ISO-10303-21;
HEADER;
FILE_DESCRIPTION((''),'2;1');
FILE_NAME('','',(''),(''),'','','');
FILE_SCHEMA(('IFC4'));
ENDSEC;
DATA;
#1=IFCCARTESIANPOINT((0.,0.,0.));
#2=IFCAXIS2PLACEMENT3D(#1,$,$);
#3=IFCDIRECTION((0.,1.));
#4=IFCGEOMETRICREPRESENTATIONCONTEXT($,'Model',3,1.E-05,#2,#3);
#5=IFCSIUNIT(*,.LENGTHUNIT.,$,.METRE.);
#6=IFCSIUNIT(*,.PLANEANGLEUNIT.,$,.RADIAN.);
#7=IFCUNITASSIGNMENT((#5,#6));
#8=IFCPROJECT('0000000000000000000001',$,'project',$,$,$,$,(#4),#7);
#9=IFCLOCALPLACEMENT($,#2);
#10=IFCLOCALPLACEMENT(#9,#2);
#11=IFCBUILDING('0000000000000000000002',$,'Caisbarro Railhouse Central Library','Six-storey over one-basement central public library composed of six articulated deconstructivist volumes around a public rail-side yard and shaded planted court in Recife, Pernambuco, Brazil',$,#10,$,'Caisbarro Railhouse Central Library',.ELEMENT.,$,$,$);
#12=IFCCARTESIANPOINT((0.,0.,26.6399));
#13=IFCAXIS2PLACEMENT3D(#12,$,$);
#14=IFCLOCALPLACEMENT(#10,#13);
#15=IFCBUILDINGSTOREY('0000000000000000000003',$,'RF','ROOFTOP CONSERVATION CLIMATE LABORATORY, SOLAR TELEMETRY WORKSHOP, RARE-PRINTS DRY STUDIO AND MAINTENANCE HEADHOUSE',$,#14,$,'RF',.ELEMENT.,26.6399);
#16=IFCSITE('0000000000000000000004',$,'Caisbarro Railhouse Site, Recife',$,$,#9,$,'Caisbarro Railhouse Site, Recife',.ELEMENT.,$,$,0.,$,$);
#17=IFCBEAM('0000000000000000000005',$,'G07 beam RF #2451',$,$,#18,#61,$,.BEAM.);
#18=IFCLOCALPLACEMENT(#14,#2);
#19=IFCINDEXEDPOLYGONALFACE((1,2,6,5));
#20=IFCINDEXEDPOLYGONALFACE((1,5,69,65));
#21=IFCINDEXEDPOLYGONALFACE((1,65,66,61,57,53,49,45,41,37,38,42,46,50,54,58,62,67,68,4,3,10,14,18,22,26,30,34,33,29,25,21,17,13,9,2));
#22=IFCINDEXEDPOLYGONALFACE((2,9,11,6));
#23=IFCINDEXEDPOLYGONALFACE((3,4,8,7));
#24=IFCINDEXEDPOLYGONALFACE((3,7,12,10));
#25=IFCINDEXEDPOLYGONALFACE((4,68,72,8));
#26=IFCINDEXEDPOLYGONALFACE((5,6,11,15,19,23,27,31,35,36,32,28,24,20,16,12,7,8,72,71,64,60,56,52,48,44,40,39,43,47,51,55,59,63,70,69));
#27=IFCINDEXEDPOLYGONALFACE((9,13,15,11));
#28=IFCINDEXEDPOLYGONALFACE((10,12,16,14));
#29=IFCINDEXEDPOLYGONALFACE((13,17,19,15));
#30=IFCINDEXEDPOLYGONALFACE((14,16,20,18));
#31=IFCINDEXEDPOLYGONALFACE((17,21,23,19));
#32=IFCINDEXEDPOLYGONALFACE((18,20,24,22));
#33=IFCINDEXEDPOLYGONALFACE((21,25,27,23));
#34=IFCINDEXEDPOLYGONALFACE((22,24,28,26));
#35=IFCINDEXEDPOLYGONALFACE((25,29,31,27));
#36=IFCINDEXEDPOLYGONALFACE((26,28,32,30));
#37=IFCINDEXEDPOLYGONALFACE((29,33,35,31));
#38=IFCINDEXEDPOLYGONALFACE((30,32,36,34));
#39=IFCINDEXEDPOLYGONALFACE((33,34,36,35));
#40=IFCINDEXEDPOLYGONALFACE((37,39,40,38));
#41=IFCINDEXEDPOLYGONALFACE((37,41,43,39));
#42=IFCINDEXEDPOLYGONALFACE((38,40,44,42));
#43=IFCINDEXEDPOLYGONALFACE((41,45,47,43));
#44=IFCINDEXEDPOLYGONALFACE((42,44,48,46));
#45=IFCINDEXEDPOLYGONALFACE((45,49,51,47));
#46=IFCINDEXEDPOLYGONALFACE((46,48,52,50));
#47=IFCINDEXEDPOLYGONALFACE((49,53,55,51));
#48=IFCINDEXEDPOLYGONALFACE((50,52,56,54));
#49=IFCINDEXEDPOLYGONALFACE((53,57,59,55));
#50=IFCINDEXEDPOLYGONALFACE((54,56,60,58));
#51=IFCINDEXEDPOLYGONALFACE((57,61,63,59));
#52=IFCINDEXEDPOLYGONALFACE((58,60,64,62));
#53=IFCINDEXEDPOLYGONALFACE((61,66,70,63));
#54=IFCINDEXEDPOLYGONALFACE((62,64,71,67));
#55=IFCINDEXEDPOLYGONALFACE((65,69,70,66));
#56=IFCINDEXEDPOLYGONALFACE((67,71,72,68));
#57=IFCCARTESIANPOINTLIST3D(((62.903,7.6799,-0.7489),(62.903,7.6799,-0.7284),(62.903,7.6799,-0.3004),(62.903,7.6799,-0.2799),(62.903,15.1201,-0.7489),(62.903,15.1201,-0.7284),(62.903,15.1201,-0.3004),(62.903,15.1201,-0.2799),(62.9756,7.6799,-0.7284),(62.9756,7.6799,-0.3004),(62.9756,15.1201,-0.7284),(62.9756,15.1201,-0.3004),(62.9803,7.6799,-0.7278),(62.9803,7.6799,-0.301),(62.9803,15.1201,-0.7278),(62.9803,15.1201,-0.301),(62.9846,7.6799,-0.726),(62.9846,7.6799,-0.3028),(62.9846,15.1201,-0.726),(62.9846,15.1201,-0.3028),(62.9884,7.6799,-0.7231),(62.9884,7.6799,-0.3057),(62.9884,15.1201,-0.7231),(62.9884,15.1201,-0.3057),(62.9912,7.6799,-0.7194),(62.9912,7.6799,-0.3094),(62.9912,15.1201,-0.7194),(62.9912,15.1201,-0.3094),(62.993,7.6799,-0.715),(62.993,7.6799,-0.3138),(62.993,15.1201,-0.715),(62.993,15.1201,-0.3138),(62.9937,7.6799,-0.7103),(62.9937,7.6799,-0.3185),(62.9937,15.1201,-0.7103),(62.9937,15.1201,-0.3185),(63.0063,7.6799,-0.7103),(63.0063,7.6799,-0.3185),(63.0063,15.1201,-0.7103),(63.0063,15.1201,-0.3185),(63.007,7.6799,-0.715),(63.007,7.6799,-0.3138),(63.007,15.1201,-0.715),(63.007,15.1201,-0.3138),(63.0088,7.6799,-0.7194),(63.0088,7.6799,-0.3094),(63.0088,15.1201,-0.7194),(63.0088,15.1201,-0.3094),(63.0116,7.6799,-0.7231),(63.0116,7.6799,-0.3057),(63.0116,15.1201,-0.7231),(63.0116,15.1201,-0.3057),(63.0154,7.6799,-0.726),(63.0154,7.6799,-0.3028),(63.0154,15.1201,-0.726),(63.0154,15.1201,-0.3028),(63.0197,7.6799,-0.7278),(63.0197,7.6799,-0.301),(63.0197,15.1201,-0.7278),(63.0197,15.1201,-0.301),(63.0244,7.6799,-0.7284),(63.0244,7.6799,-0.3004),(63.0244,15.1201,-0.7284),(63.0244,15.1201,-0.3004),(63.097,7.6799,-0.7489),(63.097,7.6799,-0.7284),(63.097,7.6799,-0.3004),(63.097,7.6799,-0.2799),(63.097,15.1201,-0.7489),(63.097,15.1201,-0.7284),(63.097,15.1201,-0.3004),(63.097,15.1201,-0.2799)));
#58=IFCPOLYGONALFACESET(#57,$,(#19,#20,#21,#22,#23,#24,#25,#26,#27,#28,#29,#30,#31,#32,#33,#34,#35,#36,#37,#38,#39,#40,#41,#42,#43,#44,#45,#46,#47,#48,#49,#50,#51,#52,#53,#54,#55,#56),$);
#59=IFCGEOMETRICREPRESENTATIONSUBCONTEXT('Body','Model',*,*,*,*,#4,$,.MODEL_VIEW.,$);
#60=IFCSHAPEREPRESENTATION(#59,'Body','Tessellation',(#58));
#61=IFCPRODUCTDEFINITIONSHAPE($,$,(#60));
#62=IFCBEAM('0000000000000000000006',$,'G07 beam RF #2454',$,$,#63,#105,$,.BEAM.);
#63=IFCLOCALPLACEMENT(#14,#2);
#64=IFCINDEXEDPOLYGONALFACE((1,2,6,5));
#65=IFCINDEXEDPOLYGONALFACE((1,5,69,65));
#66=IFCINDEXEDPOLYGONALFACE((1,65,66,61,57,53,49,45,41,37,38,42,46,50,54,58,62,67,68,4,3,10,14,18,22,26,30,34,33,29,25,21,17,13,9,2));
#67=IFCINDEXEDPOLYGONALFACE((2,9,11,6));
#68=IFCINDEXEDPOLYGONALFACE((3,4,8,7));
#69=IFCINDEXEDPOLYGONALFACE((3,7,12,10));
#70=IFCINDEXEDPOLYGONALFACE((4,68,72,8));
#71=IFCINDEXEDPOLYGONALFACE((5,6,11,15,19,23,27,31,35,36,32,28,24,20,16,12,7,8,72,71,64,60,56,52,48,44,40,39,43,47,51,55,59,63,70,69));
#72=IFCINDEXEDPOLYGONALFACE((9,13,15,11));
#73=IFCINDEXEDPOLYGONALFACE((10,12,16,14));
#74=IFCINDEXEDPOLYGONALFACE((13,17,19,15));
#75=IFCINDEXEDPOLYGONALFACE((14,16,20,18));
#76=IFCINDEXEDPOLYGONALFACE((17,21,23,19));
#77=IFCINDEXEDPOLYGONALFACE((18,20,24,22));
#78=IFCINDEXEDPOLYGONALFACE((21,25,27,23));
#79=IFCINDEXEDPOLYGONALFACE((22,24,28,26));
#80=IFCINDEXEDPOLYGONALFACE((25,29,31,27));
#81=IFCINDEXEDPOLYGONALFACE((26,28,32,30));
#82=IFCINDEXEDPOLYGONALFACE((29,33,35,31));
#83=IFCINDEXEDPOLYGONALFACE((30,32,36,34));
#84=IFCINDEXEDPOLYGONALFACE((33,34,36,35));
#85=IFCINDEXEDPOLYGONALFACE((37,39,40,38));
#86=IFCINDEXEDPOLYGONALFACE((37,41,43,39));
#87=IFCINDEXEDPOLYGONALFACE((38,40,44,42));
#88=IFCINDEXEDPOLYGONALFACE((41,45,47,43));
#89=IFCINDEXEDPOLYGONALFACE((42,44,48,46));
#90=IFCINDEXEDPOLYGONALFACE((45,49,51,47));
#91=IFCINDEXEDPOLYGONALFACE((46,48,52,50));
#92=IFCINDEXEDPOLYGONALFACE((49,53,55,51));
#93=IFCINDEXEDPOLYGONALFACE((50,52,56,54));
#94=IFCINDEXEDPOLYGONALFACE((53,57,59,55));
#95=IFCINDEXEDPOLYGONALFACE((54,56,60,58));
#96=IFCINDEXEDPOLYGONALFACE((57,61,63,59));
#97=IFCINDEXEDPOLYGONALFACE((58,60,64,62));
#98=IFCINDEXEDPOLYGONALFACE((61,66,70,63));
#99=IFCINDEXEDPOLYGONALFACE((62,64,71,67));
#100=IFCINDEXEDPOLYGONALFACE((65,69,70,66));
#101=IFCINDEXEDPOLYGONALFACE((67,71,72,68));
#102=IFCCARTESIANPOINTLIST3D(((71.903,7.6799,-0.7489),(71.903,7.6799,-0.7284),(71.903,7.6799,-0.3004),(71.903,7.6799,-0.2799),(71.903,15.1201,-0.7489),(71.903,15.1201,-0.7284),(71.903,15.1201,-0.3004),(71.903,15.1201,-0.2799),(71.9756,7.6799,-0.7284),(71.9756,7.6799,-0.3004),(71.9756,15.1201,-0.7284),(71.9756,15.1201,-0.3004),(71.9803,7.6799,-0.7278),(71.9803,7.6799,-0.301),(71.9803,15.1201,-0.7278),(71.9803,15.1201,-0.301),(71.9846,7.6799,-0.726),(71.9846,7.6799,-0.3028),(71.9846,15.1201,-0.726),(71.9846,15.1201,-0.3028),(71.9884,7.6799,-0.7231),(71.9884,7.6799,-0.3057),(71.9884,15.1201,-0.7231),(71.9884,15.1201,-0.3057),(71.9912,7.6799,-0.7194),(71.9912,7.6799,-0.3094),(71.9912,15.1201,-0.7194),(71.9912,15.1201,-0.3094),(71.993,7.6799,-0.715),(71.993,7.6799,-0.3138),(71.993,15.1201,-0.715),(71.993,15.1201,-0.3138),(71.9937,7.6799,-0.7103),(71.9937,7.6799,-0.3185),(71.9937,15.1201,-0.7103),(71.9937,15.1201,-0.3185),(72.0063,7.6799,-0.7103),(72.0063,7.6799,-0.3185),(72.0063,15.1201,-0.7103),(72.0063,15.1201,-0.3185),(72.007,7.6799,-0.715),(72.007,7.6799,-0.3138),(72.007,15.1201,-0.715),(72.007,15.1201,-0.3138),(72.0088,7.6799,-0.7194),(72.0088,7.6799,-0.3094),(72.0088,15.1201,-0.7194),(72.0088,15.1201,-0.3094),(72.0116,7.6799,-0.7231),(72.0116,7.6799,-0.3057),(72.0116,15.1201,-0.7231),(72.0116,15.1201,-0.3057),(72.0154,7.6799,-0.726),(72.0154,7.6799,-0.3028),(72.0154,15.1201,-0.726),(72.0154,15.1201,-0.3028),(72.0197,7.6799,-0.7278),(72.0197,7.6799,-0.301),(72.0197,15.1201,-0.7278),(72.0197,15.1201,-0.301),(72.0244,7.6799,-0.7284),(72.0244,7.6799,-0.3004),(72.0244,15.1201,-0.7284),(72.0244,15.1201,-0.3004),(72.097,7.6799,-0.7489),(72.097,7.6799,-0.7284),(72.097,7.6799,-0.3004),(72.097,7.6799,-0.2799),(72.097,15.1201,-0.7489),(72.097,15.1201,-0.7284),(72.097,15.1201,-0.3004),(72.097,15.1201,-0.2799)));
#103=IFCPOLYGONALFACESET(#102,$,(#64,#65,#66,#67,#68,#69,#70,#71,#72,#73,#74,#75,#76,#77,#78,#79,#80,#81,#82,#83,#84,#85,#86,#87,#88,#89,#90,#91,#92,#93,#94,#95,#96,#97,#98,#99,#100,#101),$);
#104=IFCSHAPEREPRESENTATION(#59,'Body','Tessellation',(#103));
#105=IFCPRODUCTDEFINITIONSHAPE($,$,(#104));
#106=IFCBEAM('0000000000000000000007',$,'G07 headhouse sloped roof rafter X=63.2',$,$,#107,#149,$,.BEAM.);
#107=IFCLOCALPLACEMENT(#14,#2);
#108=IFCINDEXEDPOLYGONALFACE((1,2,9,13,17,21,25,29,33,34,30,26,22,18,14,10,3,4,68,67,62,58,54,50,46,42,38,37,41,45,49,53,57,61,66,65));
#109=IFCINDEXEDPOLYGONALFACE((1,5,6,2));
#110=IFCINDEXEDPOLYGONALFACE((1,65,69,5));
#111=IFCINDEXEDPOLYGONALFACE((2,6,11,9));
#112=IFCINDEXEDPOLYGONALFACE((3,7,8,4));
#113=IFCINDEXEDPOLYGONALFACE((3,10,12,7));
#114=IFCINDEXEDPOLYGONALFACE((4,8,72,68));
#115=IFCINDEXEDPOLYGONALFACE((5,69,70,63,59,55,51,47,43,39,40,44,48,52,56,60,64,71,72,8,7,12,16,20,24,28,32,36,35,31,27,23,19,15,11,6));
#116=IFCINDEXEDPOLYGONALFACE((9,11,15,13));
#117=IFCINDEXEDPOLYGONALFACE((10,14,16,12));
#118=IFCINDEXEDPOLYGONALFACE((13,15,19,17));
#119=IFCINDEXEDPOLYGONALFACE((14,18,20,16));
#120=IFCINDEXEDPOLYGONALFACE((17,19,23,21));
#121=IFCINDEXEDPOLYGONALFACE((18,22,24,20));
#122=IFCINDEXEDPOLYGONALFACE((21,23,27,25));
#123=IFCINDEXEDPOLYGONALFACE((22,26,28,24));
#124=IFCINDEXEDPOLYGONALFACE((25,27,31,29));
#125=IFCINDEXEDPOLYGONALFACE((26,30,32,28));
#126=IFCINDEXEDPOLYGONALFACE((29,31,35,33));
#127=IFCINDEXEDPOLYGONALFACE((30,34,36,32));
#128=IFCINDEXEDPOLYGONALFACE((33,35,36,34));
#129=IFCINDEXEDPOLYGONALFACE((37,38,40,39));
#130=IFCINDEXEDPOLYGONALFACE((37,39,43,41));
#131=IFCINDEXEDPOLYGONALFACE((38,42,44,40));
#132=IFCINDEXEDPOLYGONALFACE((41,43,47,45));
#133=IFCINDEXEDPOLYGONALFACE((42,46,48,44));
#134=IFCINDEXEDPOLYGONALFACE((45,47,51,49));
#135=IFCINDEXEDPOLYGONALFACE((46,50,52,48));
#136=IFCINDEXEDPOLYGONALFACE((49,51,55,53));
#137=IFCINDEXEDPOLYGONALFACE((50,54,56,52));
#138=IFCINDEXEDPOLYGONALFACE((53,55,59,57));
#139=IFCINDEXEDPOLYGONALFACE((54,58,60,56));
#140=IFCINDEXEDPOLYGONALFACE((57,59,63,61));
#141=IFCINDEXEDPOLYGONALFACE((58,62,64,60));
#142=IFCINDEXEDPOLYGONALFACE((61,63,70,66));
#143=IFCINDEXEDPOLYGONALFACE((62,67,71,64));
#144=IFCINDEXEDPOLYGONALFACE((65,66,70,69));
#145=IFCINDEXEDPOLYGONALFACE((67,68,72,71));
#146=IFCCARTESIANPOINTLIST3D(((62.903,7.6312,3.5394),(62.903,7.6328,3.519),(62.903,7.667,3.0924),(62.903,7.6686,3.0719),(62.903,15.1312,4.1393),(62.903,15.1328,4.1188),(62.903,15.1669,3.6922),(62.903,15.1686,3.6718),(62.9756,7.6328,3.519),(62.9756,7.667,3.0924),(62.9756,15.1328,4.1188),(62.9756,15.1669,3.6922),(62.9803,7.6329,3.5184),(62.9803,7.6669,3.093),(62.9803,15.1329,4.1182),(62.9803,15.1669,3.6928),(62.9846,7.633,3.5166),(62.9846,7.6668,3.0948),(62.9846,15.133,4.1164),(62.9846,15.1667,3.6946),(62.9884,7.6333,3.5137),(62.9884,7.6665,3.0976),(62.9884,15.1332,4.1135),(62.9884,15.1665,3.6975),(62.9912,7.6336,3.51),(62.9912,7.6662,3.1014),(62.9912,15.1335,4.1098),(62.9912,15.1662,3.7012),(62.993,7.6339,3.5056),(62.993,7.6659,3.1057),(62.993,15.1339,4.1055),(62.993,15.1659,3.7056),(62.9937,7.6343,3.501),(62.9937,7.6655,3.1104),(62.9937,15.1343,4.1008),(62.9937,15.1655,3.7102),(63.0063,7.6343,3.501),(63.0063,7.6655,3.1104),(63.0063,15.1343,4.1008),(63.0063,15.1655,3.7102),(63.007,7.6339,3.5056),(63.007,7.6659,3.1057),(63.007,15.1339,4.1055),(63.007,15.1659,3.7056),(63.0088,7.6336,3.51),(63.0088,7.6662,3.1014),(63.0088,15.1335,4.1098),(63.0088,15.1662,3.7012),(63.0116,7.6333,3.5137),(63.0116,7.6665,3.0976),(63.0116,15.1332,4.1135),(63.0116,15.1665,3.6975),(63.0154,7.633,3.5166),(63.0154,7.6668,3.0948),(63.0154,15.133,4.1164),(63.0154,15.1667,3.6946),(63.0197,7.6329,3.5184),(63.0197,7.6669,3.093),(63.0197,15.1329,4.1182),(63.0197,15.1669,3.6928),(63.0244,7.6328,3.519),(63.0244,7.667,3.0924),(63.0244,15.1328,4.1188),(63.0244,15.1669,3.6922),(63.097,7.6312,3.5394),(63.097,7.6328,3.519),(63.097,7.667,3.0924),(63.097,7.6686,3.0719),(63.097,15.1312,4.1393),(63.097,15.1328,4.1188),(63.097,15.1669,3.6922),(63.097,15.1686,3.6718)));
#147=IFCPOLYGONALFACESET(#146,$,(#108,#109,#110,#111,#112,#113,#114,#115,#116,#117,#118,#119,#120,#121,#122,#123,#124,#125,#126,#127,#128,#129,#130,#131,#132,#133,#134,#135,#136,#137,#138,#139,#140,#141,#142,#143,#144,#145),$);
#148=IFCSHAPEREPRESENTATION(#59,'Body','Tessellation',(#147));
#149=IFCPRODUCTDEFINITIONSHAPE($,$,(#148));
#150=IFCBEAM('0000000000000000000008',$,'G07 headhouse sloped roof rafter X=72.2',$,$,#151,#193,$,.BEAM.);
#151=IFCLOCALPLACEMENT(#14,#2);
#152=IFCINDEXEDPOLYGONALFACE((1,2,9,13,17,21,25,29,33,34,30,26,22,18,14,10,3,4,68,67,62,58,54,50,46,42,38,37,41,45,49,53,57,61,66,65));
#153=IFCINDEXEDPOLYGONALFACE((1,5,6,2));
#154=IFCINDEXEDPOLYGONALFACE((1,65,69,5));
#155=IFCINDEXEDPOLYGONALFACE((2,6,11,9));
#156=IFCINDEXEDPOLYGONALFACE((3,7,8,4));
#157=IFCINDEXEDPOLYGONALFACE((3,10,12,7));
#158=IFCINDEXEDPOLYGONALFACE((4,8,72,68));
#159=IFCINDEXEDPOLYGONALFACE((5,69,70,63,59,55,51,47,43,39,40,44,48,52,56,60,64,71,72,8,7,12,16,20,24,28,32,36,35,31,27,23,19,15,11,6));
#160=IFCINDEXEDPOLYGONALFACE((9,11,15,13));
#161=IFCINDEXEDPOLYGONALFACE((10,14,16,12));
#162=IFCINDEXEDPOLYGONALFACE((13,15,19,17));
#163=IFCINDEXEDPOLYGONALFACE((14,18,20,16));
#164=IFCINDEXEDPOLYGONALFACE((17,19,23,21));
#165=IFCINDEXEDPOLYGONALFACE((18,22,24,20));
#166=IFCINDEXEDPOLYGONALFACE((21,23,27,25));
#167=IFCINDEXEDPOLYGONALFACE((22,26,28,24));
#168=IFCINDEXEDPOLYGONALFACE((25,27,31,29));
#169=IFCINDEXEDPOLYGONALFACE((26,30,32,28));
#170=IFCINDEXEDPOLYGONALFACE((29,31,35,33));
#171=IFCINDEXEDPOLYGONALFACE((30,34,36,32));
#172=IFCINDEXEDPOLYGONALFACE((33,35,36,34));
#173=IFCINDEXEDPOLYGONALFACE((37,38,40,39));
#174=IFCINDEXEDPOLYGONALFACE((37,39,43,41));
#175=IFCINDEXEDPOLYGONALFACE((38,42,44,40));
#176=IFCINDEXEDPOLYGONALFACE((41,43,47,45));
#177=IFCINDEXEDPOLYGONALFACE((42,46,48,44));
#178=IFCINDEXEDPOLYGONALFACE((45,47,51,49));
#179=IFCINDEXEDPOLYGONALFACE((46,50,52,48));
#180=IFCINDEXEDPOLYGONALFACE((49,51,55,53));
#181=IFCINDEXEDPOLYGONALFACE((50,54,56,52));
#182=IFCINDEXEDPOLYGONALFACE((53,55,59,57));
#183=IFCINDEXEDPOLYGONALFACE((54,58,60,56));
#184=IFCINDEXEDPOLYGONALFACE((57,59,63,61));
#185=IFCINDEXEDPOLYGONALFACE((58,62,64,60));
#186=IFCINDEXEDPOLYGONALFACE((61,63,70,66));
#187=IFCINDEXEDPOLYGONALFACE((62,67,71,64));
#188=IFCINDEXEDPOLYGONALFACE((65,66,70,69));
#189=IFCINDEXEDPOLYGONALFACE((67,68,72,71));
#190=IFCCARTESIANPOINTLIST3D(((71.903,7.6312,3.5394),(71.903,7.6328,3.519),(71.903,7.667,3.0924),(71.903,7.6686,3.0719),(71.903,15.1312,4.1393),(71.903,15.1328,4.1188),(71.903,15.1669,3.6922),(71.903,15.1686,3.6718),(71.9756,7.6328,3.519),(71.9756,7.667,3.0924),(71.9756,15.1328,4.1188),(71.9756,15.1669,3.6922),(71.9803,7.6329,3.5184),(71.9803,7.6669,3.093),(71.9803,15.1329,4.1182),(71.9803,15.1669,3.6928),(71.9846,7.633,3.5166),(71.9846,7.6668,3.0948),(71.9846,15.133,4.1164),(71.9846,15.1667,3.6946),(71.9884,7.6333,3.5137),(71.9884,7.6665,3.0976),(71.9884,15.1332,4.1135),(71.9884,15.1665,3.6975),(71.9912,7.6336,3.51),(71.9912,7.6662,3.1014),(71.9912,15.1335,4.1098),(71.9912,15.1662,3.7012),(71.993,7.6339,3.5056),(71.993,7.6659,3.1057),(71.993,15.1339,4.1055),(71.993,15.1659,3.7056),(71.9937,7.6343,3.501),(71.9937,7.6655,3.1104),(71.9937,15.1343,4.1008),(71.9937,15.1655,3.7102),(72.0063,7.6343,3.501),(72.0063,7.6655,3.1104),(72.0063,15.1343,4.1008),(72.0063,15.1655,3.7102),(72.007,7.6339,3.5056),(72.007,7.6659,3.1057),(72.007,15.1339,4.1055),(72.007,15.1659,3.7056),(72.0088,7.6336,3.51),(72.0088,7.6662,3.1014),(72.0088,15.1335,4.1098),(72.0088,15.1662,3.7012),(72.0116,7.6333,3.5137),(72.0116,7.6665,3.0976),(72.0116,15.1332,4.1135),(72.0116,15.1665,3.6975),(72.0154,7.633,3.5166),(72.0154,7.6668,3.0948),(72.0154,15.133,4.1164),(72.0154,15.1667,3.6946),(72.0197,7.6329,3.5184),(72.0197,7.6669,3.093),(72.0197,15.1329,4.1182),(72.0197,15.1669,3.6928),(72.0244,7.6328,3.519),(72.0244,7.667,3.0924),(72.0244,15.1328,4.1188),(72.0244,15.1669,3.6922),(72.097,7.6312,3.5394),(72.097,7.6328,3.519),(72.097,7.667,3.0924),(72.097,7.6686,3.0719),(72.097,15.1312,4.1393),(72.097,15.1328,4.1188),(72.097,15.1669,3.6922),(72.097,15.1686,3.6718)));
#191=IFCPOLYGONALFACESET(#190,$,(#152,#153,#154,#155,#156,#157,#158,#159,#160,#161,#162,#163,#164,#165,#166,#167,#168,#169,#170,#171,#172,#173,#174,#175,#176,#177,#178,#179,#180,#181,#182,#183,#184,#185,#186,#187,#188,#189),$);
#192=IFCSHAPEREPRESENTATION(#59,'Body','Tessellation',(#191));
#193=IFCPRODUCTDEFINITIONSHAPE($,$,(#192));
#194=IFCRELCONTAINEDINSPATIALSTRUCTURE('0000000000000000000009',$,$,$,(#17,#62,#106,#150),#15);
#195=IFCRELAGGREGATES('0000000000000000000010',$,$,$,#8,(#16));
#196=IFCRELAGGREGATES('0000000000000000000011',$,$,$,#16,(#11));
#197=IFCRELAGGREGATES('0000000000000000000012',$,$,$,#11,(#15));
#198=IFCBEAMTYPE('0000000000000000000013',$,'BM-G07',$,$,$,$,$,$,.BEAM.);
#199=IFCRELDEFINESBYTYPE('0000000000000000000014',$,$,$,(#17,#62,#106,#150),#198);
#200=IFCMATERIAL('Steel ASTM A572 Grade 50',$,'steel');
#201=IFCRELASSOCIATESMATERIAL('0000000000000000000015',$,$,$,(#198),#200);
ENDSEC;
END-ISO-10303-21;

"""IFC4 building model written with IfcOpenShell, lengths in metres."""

from ifc_helpers import new_model, si_unit, direction, frame, origin, origin_2d, place, context, subcontext, project, spatial, i_section, extrude, material, material_profile, profile_set, type_object, element, save


model = new_model("IFC4")

# Units and contexts
model_context = context("Model", 3, precision=1e-05, world=origin(), true_north=direction((0.0, 1.0)))
body_context = subcontext(model_context, "Body", "Model", "MODEL_VIEW")
ifc_project = project(units=[si_unit("LENGTHUNIT", "METRE"), si_unit("PLANEANGLEUNIT", "RADIAN")], contexts=[model_context])

# Site, building, storey
site_placement = place(None, origin())
site = spatial("IfcSite", under=ifc_project, at=site_placement, Name="Caisbarro Railhouse Site, Recife", LongName="Caisbarro Railhouse Site, Recife", CompositionType="ELEMENT", RefElevation=0.0)
building_placement = place(site_placement, origin())
building = spatial("IfcBuilding", under=site, at=building_placement, Name="Caisbarro Railhouse Central Library", Description="Six-storey over one-basement central public library composed of six articulated deconstructivist volumes around a public rail-side yard and shaded planted court in Recife, Pernambuco, Brazil", LongName="Caisbarro Railhouse Central Library", CompositionType="ELEMENT")
storey_placement = place(building_placement, frame((0.0, 0.0, 26.6399)))
storey = spatial("IfcBuildingStorey", under=building, at=storey_placement, Name="RF", Description="ROOFTOP CONSERVATION CLIMATE LABORATORY, SOLAR TELEMETRY WORKSHOP, RARE-PRINTS DRY STUDIO AND MAINTENANCE HEADHOUSE", LongName="RF", CompositionType="ELEMENT", Elevation=26.6399)

# Shared definitions
ifc_material_1 = material(Name="Steel ASTM A572 Grade 50", Category="steel")

# Beams
ifc_material_profile_1 = material_profile(ifc_material_1, i_section(OverallWidth=0.1941, OverallDepth=0.469, WebThickness=0.0127, FlangeThickness=0.0205, FilletRadius=0.0181, at=origin_2d()), Name="W460X106.0")
ifc_profile_set_1 = profile_set([ifc_material_profile_1], Name="Steel ASTM A572 Grade 50")
beam_type_1 = type_object("IfcBeamType", Name="BM-G07", PredefinedType="BEAM", material=ifc_profile_set_1)
for number, where, z_axis, x_axis, name in (
    (1, (63.0, 7.6799, -0.5144), (0.0, 1.0, 0.0), (-1.0, 0.0, 0.0), "G07 beam RF #2451"),
    (2, (72.0, 7.6799, -0.5144), (0.0, 1.0, 0.0), (-1.0, 0.0, 0.0), "G07 beam RF #2454"),
):
    element("IfcBeam", number, at=place(storey_placement, frame(where, z_axis=z_axis, x_axis=x_axis)), inside=storey, type_object=beam_type_1, Name=name, PredefinedType="BEAM", context=body_context, shape_type="SweptSolid", body=[
        extrude(i_section(OverallWidth=0.1941, OverallDepth=0.469, WebThickness=0.0127, FlangeThickness=0.0205, FilletRadius=0.0181, at=origin_2d()), origin(), (0.0, 0.0, 1.0), 7.4402),
    ])
for number, where, z_axis, x_axis, name in (
    (3, (63.0, 7.6499, 3.3057), (0.0, 0.996817, 0.079726), (-1.0, 0.0, 0.0), "G07 headhouse sloped roof rafter X=63.2"),
    (4, (72.0, 7.6499, 3.3057), (0.0, 0.996817, 0.079726), (-1.0, 0.0, 0.0), "G07 headhouse sloped roof rafter X=72.2"),
):
    element("IfcBeam", number, at=place(storey_placement, frame(where, z_axis=z_axis, x_axis=x_axis)), inside=storey, type_object=beam_type_1, Name=name, PredefinedType="BEAM", context=body_context, shape_type="SweptSolid", body=[
        extrude(i_section(OverallWidth=0.1941, OverallDepth=0.469, WebThickness=0.0127, FlangeThickness=0.0205, FilletRadius=0.0181, at=origin_2d()), origin(), (0.0, 0.0, 1.0), 7.5239),
    ])

save(model, "model.ifc")
